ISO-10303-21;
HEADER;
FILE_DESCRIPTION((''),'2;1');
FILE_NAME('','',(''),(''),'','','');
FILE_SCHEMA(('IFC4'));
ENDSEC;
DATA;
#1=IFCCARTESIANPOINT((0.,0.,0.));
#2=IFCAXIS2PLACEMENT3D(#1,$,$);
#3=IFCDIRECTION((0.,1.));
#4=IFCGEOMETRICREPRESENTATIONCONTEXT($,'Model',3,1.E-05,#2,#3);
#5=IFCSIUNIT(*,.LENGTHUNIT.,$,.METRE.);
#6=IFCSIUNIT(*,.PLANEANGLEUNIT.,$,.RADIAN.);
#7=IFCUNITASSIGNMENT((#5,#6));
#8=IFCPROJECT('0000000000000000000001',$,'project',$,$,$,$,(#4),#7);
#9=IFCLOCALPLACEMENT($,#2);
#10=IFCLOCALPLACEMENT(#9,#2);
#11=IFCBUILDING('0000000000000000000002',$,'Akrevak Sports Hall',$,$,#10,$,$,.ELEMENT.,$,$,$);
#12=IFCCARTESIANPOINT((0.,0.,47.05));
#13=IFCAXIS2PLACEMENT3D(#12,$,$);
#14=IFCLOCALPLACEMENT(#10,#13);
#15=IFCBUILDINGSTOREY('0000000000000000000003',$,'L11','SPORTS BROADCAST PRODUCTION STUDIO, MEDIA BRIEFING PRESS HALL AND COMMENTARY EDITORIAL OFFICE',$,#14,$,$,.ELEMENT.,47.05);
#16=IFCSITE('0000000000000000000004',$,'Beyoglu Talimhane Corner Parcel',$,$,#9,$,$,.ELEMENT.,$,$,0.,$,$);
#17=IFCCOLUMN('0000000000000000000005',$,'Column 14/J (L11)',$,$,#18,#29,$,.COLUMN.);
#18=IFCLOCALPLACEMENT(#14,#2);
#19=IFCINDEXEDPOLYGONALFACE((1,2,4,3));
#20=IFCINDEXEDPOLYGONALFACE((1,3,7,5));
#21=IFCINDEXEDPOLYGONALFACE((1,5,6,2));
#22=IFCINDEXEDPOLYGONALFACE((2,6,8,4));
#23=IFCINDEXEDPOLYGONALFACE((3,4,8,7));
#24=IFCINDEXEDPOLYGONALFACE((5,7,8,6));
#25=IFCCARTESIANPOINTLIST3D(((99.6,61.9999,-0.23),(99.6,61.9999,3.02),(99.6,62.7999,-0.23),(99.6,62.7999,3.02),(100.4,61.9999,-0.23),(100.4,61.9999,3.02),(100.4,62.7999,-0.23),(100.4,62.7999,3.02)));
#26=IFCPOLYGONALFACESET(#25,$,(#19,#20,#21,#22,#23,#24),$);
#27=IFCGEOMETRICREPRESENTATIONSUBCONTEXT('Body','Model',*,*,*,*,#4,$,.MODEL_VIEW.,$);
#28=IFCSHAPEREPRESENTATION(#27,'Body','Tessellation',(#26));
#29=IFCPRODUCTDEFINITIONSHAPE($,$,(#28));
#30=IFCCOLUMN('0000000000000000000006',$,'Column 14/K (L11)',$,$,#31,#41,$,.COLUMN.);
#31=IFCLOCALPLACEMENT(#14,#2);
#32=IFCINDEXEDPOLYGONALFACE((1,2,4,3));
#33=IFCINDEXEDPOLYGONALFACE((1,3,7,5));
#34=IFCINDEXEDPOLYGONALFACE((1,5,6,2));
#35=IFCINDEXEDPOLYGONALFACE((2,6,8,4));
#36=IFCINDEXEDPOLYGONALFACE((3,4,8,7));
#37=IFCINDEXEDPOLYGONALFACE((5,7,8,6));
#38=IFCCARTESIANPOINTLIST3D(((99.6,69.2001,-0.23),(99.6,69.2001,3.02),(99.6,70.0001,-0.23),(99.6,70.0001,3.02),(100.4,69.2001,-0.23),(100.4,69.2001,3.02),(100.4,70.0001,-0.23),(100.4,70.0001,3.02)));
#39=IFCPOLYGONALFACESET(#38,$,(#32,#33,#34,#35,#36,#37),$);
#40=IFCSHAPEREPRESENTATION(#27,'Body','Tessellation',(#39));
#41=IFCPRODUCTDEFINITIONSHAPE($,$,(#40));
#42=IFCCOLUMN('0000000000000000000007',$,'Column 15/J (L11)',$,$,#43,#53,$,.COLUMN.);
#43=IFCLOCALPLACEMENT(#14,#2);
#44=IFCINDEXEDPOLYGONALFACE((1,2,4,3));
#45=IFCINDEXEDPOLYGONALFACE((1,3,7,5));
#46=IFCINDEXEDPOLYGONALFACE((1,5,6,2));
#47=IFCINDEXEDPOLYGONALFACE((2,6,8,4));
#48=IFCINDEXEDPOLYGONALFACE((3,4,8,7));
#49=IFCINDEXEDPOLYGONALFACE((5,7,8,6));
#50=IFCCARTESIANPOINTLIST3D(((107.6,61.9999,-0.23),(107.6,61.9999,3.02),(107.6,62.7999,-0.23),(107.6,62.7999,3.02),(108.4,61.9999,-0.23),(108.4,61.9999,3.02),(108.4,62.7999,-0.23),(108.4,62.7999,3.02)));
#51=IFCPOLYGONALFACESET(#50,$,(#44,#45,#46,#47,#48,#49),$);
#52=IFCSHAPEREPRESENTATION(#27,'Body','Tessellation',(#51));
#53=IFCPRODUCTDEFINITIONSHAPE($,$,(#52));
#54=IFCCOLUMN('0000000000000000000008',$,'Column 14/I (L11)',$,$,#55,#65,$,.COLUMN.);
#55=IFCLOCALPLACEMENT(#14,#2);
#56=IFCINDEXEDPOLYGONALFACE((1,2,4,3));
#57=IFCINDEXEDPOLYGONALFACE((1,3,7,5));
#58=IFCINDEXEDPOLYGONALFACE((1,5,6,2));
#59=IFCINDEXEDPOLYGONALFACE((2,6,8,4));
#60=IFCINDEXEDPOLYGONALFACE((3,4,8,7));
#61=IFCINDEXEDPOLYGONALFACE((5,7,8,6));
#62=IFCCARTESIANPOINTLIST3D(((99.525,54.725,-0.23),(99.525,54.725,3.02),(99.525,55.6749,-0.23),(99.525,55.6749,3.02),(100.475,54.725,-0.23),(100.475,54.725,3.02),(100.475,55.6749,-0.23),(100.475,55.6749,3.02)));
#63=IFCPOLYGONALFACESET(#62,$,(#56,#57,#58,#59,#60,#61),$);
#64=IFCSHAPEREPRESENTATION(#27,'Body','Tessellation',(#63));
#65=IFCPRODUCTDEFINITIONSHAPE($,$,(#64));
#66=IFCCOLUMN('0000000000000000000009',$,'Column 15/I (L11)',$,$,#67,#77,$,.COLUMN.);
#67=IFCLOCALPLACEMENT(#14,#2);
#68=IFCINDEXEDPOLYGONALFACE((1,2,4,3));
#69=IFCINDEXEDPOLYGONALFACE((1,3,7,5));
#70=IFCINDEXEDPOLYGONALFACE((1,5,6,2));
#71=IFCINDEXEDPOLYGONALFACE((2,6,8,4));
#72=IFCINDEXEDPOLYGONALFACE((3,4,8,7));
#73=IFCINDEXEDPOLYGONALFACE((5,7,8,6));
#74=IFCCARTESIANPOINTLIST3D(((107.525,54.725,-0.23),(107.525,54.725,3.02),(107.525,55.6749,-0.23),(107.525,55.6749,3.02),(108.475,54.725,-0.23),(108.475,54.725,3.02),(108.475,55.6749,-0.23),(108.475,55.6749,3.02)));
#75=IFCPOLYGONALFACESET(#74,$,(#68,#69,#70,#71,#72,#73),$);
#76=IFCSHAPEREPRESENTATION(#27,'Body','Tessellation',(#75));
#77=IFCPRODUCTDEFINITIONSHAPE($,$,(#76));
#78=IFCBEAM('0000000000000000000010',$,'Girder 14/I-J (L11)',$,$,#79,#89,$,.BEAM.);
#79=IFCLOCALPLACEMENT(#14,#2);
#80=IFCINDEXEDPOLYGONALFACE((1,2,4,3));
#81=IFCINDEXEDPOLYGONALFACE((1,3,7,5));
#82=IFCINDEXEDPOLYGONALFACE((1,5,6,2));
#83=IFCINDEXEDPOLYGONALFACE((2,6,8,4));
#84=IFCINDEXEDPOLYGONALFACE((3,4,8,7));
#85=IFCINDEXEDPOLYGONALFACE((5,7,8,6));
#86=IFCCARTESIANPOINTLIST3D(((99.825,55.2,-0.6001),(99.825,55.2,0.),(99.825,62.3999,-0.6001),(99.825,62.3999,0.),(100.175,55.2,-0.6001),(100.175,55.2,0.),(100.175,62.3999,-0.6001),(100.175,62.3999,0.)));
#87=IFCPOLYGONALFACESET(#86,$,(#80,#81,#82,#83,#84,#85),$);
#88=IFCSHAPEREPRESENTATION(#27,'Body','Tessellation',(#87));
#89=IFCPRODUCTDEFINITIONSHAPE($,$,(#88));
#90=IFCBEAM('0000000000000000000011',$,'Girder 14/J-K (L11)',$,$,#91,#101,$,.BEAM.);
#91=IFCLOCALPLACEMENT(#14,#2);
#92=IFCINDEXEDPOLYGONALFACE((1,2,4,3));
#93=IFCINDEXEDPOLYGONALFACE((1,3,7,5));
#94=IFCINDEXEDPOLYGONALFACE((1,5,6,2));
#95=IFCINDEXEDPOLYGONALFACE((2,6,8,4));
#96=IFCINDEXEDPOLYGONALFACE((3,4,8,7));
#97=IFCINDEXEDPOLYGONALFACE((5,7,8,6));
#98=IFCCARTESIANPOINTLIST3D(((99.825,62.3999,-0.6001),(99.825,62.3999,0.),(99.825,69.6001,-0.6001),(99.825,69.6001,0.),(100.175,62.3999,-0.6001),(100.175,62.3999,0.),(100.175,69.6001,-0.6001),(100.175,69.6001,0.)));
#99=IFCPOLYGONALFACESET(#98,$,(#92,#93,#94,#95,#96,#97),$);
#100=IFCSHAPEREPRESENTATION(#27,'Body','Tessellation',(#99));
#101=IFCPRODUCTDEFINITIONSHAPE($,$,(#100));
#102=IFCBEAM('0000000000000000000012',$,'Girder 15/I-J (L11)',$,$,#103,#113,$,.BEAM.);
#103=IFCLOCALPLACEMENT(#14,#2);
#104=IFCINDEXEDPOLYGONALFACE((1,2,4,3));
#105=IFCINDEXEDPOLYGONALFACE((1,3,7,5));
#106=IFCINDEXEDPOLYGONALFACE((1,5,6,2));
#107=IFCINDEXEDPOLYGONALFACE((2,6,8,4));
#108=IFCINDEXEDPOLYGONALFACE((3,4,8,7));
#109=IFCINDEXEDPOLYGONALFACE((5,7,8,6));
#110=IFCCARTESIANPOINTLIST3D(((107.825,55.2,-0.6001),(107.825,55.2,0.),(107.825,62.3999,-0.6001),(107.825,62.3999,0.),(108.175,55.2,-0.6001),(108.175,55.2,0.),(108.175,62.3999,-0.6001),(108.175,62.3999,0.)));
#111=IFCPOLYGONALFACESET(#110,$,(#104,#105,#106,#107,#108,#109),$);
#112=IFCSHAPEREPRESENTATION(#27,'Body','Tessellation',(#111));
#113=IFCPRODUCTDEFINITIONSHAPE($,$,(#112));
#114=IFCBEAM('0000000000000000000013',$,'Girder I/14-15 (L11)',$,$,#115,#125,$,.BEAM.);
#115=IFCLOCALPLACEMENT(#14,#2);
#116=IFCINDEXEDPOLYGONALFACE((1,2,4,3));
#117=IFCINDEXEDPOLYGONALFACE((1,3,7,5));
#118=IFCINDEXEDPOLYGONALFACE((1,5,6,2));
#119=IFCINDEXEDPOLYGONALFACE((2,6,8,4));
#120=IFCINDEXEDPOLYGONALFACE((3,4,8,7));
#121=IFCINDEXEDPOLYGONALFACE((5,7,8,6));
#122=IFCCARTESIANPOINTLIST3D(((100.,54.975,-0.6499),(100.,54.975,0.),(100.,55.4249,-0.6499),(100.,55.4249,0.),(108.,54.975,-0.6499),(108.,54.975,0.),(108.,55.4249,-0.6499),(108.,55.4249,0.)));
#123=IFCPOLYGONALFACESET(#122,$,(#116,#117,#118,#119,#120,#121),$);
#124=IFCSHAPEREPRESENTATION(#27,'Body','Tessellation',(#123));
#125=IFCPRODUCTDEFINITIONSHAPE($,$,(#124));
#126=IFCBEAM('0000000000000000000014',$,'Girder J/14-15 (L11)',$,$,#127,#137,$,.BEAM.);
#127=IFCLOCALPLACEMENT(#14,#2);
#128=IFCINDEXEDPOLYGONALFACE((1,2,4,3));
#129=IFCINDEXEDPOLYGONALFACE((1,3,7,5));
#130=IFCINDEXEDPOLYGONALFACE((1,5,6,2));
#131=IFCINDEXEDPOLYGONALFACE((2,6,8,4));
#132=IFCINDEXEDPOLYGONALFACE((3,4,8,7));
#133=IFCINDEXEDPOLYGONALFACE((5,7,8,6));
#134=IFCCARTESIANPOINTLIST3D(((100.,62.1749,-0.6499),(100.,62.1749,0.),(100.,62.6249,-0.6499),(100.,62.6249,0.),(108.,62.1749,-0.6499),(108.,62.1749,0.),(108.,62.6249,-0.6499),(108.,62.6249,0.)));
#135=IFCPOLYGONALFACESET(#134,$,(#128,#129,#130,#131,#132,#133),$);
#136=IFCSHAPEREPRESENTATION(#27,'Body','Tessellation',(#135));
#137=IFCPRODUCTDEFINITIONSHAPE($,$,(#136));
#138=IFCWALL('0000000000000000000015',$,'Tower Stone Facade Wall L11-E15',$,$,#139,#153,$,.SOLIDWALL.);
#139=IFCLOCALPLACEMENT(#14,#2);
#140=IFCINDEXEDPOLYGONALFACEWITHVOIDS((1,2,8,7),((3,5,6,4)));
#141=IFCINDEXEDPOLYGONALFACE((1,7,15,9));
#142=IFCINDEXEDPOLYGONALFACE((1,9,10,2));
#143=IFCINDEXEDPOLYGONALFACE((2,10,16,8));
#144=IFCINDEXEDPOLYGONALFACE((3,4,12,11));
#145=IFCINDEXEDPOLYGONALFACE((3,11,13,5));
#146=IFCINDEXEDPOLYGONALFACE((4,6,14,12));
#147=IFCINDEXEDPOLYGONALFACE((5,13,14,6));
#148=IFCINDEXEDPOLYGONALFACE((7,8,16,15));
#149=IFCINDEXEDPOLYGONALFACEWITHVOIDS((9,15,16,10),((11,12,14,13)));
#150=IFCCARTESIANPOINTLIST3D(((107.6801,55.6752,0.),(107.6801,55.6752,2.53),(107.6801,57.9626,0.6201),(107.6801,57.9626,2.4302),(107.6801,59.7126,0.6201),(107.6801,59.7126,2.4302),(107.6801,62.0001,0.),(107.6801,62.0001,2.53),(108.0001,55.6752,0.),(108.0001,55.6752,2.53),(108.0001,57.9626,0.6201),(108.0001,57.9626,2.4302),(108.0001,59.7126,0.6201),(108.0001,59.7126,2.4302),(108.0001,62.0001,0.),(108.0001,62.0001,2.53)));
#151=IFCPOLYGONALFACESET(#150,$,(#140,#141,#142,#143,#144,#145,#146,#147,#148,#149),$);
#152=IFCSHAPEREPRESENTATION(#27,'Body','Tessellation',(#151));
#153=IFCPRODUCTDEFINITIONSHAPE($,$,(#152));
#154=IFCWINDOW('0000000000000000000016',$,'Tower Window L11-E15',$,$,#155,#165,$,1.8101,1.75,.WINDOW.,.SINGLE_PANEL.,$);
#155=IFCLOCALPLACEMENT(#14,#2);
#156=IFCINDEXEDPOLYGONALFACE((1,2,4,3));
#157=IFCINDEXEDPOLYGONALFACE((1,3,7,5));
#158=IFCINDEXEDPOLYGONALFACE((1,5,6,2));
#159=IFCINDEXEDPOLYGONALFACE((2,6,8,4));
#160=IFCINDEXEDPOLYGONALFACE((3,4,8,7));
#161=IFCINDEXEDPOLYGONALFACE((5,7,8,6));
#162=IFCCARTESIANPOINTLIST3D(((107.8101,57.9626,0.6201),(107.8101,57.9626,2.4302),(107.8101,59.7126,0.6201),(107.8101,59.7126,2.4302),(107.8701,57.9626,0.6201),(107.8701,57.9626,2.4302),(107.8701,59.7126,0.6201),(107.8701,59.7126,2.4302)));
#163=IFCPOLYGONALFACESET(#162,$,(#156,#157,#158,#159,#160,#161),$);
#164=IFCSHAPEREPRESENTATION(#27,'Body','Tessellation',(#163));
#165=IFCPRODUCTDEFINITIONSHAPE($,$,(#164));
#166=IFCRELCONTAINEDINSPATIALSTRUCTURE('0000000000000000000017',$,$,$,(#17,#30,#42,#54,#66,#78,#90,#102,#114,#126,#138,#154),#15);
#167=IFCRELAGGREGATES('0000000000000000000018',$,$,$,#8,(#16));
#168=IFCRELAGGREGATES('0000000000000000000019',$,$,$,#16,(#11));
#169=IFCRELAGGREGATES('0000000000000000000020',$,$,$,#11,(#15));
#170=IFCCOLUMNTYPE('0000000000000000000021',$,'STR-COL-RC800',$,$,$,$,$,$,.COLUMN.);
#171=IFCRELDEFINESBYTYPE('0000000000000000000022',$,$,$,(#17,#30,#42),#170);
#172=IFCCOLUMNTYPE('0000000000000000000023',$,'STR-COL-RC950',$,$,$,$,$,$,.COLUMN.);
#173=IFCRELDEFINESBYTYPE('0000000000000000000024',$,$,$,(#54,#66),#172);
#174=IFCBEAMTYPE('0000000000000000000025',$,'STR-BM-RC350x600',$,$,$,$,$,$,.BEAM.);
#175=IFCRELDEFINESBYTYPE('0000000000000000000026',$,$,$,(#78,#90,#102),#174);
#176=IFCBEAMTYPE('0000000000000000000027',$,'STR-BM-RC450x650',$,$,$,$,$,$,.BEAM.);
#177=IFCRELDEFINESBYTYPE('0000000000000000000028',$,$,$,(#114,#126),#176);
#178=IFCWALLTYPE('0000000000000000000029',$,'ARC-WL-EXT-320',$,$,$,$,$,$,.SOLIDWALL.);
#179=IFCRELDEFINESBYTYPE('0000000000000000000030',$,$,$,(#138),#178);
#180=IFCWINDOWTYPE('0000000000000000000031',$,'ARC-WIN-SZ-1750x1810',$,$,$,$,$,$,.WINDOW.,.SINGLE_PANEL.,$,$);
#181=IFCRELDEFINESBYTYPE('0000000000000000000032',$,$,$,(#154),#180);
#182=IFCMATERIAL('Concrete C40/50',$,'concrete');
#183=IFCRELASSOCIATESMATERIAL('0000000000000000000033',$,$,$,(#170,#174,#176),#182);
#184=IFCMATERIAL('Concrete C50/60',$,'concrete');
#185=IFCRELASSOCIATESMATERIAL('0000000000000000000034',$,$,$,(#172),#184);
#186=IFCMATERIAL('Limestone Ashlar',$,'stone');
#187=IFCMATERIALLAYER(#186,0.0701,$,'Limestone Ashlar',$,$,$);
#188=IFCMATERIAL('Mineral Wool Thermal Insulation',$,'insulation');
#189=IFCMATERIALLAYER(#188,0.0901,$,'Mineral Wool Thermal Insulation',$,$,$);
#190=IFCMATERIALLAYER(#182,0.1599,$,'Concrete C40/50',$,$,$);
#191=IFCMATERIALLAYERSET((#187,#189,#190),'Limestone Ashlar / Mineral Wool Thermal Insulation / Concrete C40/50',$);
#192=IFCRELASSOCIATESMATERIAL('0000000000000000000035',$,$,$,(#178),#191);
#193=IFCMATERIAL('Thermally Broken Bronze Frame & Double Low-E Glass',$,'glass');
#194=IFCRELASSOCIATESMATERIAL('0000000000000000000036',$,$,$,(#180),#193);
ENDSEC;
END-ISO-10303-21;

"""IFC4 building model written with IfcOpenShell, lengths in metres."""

from ifc_helpers import new_model, si_unit, direction, frame, frame_2d, origin, origin_2d, place, context, subcontext, project, spatial, rectangle, extrude, material, layer, layer_set, material_profile, profile_set, type_object, element, fill, save


model = new_model("IFC4")

# Units and contexts
model_context = context("Model", 3, precision=1e-05, world=origin(), true_north=direction((0.0, 1.0)))
body_context = subcontext(model_context, "Body", "Model", "MODEL_VIEW")
ifc_project = project(units=[si_unit("LENGTHUNIT", "METRE"), si_unit("PLANEANGLEUNIT", "RADIAN")], contexts=[model_context])

# Site, building, storey
site_placement = place(None, origin())
site = spatial("IfcSite", under=ifc_project, at=site_placement, Name="Beyoglu Talimhane Corner Parcel", CompositionType="ELEMENT", RefElevation=0.0)
building_placement = place(site_placement, origin())
building = spatial("IfcBuilding", under=site, at=building_placement, Name="Akrevak Sports Hall", CompositionType="ELEMENT")
storey_placement = place(building_placement, frame((0.0, 0.0, 47.05)))
storey = spatial("IfcBuildingStorey", under=building, at=storey_placement, Name="L11", Description="SPORTS BROADCAST PRODUCTION STUDIO, MEDIA BRIEFING PRESS HALL AND COMMENTARY EDITORIAL OFFICE", CompositionType="ELEMENT", Elevation=47.05)

# Columns
ifc_material_1 = material(Name="Concrete C40/50", Category="concrete")
ifc_material_profile_1 = material_profile(ifc_material_1, rectangle(XDim=0.8, YDim=0.8, at=origin_2d()), Name="RC 800x800", Category="concrete")
ifc_profile_set_1 = profile_set([ifc_material_profile_1], Name="Concrete C40/50")
column_type_1 = type_object("IfcColumnType", Name="STR-COL-RC800", PredefinedType="COLUMN", material=ifc_profile_set_1)
for number, where, z_axis, x_axis, name in (
    (1, (100.0, 62.3999, -0.23), (0.0, 0.0, 1.0), (1.0, 0.0, 0.0), "Column 14/J (L11)"),
    (2, (100.0, 69.6001, -0.23), (0.0, 0.0, 1.0), (1.0, 0.0, 0.0), "Column 14/K (L11)"),
    (3, (108.0, 62.3999, -0.23), (0.0, 0.0, 1.0), (1.0, 0.0, 0.0), "Column 15/J (L11)"),
):
    element("IfcColumn", number, at=place(storey_placement, frame(where, z_axis=z_axis, x_axis=x_axis)), inside=storey, type_object=column_type_1, Name=name, PredefinedType="COLUMN", context=body_context, shape_type="SweptSolid", body=[
        extrude(rectangle(XDim=0.8, YDim=0.8, at=origin_2d()), origin(), (0.0, 0.0, 1.0), 3.25),
    ])
ifc_material_2 = material(Name="Concrete C50/60", Category="concrete")
ifc_material_profile_2 = material_profile(ifc_material_2, rectangle(XDim=0.95, YDim=0.95, at=origin_2d()), Name="RC 950x950", Category="concrete")
ifc_profile_set_2 = profile_set([ifc_material_profile_2], Name="Concrete C50/60")
column_type_2 = type_object("IfcColumnType", Name="STR-COL-RC950", PredefinedType="COLUMN", material=ifc_profile_set_2)
for number, where, z_axis, x_axis, name in (
    (4, (100.0, 55.2, -0.23), (0.0, 0.0, 1.0), (1.0, 0.0, 0.0), "Column 14/I (L11)"),
    (5, (108.0, 55.2, -0.23), (0.0, 0.0, 1.0), (1.0, 0.0, 0.0), "Column 15/I (L11)"),
):
    element("IfcColumn", number, at=place(storey_placement, frame(where, z_axis=z_axis, x_axis=x_axis)), inside=storey, type_object=column_type_2, Name=name, PredefinedType="COLUMN", context=body_context, shape_type="SweptSolid", body=[
        extrude(rectangle(XDim=0.95, YDim=0.95, at=origin_2d()), origin(), (0.0, 0.0, 1.0), 3.25),
    ])

# Beams
ifc_material_profile_3 = material_profile(ifc_material_1, rectangle(XDim=0.3501, YDim=0.6001, at=origin_2d()), Name="BM 350x600", Category="concrete")
ifc_profile_set_3 = profile_set([ifc_material_profile_3], Name="Concrete C40/50")
beam_type_1 = type_object("IfcBeamType", Name="STR-BM-RC350x600", PredefinedType="BEAM", material=ifc_profile_set_3)
beam_1_placement = place(storey_placement, frame((100.0, 55.2, -0.3), z_axis=(0.0, 1.0, 0.0), x_axis=(-1.0, 0.0, 0.0)))
element("IfcBeam", 6, at=beam_1_placement, inside=storey, type_object=beam_type_1, Name="Girder 14/I-J (L11)", PredefinedType="BEAM", context=body_context, shape_type="SweptSolid", body=[
    extrude(rectangle(XDim=0.3501, YDim=0.6001, at=origin_2d()), origin(), (0.0, 0.0, 1.0), 7.2),
])
beam_2_placement = place(storey_placement, frame((100.0, 62.3999, -0.3), z_axis=(0.0, 1.0, 0.0), x_axis=(-1.0, 0.0, 0.0)))
element("IfcBeam", 7, at=beam_2_placement, inside=storey, type_object=beam_type_1, Name="Girder 14/J-K (L11)", PredefinedType="BEAM", context=body_context, shape_type="SweptSolid", body=[
    extrude(rectangle(XDim=0.3501, YDim=0.6001, at=origin_2d()), origin(), (0.0, 0.0, 1.0), 7.2002),
])
beam_3_placement = place(storey_placement, frame((108.0, 55.2, -0.3), z_axis=(0.0, 1.0, 0.0), x_axis=(-1.0, 0.0, 0.0)))
element("IfcBeam", 8, at=beam_3_placement, inside=storey, type_object=beam_type_1, Name="Girder 15/I-J (L11)", PredefinedType="BEAM", context=body_context, shape_type="SweptSolid", body=[
    extrude(rectangle(XDim=0.3501, YDim=0.6001, at=origin_2d()), origin(), (0.0, 0.0, 1.0), 7.2),
])
ifc_material_profile_4 = material_profile(ifc_material_1, rectangle(XDim=0.45, YDim=0.6499, at=origin_2d()), Name="BM 450x650", Category="concrete")
ifc_profile_set_4 = profile_set([ifc_material_profile_4], Name="Concrete C40/50")
beam_type_2 = type_object("IfcBeamType", Name="STR-BM-RC450x650", PredefinedType="BEAM", material=ifc_profile_set_4)
for number, where, z_axis, x_axis, name in (
    (9, (100.0, 55.2, -0.325), (1.0, 0.0, 0.0), (0.0, 1.0, 0.0), "Girder I/14-15 (L11)"),
    (10, (100.0, 62.3999, -0.325), (1.0, 0.0, 0.0), (0.0, 1.0, 0.0), "Girder J/14-15 (L11)"),
):
    element("IfcBeam", number, at=place(storey_placement, frame(where, z_axis=z_axis, x_axis=x_axis)), inside=storey, type_object=beam_type_2, Name=name, PredefinedType="BEAM", context=body_context, shape_type="SweptSolid", body=[
        extrude(rectangle(XDim=0.45, YDim=0.6499, at=origin_2d()), origin(), (0.0, 0.0, 1.0), 8.0),
    ])

# Wall, opening, window
ifc_material_3 = material(Name="Limestone Ashlar", Category="stone")
ifc_layer_1 = layer(ifc_material_3, 0.0701, Name="Limestone Ashlar")
ifc_material_4 = material(Name="Mineral Wool Thermal Insulation", Category="insulation")
ifc_layer_2 = layer(ifc_material_4, 0.0901, Name="Mineral Wool Thermal Insulation")
ifc_layer_3 = layer(ifc_material_1, 0.1599, Name="Concrete C40/50")
ifc_layer_set_1 = layer_set([ifc_layer_1, ifc_layer_2, ifc_layer_3], Name="Limestone Ashlar / Mineral Wool Thermal Insulation / Concrete C40/50")
wall_type_1 = type_object("IfcWallType", Name="ARC-WL-EXT-320", PredefinedType="SOLIDWALL", material=ifc_layer_set_1)
wall_1_placement = place(storey_placement, frame((107.8401, 55.675, 0.0), z_axis=(0.0, 0.0, 1.0), x_axis=(0.0, 1.0, 0.0)))
wall_1 = element("IfcWall", 11, at=wall_1_placement, inside=storey, type_object=wall_type_1, Name="Tower Stone Facade Wall L11-E15", PredefinedType="SOLIDWALL", context=body_context, shape_type="SweptSolid", body=[
    extrude(rectangle(XDim=6.325, YDim=0.3201, at=frame_2d((3.1626, 0.0))), origin(), (0.0, 0.0, 1.0), 2.53),
])
opening_1_placement = place(wall_1_placement, frame((2.2876, 0.0, 0.6201)))
opening_1 = element("IfcOpeningElement", 12, at=opening_1_placement, cuts=wall_1, PredefinedType="OPENING", context=body_context, shape_type="SweptSolid", body=[
    extrude(rectangle(XDim=1.75, YDim=1.8101, at=frame_2d((0.875, 0.905))), frame((0.0, 0.1719, 0.0), z_axis=(0.0, -1.0, 0.0), x_axis=(1.0, 0.0, 0.0)), (0.0, 0.0, 1.0), 0.344),
])
ifc_material_5 = material(Name="Thermally Broken Bronze Frame & Double Low-E Glass", Category="glass")
window_type_1 = type_object("IfcWindowType", Name="ARC-WIN-SZ-1750x1810", PartitioningType="SINGLE_PANEL", PredefinedType="WINDOW", material=ifc_material_5)
window_1_placement = place(opening_1_placement, origin())
window_1 = element("IfcWindow", 13, at=window_1_placement, inside=storey, type_object=window_type_1, Name="Tower Window L11-E15", OverallHeight=1.8101, OverallWidth=1.75, PartitioningType="SINGLE_PANEL", PredefinedType="WINDOW", context=body_context, shape_type="SweptSolid", body=[
    extrude(rectangle(XDim=1.75, YDim=1.8101, at=frame_2d((0.875, 0.905))), frame((0.0, 0.03, 0.0), z_axis=(0.0, -1.0, 0.0), x_axis=(1.0, 0.0, 0.0)), (0.0, 0.0, 1.0), 0.0601),
])
fill(opening_1, window_1)

save(model, "model.ifc")
